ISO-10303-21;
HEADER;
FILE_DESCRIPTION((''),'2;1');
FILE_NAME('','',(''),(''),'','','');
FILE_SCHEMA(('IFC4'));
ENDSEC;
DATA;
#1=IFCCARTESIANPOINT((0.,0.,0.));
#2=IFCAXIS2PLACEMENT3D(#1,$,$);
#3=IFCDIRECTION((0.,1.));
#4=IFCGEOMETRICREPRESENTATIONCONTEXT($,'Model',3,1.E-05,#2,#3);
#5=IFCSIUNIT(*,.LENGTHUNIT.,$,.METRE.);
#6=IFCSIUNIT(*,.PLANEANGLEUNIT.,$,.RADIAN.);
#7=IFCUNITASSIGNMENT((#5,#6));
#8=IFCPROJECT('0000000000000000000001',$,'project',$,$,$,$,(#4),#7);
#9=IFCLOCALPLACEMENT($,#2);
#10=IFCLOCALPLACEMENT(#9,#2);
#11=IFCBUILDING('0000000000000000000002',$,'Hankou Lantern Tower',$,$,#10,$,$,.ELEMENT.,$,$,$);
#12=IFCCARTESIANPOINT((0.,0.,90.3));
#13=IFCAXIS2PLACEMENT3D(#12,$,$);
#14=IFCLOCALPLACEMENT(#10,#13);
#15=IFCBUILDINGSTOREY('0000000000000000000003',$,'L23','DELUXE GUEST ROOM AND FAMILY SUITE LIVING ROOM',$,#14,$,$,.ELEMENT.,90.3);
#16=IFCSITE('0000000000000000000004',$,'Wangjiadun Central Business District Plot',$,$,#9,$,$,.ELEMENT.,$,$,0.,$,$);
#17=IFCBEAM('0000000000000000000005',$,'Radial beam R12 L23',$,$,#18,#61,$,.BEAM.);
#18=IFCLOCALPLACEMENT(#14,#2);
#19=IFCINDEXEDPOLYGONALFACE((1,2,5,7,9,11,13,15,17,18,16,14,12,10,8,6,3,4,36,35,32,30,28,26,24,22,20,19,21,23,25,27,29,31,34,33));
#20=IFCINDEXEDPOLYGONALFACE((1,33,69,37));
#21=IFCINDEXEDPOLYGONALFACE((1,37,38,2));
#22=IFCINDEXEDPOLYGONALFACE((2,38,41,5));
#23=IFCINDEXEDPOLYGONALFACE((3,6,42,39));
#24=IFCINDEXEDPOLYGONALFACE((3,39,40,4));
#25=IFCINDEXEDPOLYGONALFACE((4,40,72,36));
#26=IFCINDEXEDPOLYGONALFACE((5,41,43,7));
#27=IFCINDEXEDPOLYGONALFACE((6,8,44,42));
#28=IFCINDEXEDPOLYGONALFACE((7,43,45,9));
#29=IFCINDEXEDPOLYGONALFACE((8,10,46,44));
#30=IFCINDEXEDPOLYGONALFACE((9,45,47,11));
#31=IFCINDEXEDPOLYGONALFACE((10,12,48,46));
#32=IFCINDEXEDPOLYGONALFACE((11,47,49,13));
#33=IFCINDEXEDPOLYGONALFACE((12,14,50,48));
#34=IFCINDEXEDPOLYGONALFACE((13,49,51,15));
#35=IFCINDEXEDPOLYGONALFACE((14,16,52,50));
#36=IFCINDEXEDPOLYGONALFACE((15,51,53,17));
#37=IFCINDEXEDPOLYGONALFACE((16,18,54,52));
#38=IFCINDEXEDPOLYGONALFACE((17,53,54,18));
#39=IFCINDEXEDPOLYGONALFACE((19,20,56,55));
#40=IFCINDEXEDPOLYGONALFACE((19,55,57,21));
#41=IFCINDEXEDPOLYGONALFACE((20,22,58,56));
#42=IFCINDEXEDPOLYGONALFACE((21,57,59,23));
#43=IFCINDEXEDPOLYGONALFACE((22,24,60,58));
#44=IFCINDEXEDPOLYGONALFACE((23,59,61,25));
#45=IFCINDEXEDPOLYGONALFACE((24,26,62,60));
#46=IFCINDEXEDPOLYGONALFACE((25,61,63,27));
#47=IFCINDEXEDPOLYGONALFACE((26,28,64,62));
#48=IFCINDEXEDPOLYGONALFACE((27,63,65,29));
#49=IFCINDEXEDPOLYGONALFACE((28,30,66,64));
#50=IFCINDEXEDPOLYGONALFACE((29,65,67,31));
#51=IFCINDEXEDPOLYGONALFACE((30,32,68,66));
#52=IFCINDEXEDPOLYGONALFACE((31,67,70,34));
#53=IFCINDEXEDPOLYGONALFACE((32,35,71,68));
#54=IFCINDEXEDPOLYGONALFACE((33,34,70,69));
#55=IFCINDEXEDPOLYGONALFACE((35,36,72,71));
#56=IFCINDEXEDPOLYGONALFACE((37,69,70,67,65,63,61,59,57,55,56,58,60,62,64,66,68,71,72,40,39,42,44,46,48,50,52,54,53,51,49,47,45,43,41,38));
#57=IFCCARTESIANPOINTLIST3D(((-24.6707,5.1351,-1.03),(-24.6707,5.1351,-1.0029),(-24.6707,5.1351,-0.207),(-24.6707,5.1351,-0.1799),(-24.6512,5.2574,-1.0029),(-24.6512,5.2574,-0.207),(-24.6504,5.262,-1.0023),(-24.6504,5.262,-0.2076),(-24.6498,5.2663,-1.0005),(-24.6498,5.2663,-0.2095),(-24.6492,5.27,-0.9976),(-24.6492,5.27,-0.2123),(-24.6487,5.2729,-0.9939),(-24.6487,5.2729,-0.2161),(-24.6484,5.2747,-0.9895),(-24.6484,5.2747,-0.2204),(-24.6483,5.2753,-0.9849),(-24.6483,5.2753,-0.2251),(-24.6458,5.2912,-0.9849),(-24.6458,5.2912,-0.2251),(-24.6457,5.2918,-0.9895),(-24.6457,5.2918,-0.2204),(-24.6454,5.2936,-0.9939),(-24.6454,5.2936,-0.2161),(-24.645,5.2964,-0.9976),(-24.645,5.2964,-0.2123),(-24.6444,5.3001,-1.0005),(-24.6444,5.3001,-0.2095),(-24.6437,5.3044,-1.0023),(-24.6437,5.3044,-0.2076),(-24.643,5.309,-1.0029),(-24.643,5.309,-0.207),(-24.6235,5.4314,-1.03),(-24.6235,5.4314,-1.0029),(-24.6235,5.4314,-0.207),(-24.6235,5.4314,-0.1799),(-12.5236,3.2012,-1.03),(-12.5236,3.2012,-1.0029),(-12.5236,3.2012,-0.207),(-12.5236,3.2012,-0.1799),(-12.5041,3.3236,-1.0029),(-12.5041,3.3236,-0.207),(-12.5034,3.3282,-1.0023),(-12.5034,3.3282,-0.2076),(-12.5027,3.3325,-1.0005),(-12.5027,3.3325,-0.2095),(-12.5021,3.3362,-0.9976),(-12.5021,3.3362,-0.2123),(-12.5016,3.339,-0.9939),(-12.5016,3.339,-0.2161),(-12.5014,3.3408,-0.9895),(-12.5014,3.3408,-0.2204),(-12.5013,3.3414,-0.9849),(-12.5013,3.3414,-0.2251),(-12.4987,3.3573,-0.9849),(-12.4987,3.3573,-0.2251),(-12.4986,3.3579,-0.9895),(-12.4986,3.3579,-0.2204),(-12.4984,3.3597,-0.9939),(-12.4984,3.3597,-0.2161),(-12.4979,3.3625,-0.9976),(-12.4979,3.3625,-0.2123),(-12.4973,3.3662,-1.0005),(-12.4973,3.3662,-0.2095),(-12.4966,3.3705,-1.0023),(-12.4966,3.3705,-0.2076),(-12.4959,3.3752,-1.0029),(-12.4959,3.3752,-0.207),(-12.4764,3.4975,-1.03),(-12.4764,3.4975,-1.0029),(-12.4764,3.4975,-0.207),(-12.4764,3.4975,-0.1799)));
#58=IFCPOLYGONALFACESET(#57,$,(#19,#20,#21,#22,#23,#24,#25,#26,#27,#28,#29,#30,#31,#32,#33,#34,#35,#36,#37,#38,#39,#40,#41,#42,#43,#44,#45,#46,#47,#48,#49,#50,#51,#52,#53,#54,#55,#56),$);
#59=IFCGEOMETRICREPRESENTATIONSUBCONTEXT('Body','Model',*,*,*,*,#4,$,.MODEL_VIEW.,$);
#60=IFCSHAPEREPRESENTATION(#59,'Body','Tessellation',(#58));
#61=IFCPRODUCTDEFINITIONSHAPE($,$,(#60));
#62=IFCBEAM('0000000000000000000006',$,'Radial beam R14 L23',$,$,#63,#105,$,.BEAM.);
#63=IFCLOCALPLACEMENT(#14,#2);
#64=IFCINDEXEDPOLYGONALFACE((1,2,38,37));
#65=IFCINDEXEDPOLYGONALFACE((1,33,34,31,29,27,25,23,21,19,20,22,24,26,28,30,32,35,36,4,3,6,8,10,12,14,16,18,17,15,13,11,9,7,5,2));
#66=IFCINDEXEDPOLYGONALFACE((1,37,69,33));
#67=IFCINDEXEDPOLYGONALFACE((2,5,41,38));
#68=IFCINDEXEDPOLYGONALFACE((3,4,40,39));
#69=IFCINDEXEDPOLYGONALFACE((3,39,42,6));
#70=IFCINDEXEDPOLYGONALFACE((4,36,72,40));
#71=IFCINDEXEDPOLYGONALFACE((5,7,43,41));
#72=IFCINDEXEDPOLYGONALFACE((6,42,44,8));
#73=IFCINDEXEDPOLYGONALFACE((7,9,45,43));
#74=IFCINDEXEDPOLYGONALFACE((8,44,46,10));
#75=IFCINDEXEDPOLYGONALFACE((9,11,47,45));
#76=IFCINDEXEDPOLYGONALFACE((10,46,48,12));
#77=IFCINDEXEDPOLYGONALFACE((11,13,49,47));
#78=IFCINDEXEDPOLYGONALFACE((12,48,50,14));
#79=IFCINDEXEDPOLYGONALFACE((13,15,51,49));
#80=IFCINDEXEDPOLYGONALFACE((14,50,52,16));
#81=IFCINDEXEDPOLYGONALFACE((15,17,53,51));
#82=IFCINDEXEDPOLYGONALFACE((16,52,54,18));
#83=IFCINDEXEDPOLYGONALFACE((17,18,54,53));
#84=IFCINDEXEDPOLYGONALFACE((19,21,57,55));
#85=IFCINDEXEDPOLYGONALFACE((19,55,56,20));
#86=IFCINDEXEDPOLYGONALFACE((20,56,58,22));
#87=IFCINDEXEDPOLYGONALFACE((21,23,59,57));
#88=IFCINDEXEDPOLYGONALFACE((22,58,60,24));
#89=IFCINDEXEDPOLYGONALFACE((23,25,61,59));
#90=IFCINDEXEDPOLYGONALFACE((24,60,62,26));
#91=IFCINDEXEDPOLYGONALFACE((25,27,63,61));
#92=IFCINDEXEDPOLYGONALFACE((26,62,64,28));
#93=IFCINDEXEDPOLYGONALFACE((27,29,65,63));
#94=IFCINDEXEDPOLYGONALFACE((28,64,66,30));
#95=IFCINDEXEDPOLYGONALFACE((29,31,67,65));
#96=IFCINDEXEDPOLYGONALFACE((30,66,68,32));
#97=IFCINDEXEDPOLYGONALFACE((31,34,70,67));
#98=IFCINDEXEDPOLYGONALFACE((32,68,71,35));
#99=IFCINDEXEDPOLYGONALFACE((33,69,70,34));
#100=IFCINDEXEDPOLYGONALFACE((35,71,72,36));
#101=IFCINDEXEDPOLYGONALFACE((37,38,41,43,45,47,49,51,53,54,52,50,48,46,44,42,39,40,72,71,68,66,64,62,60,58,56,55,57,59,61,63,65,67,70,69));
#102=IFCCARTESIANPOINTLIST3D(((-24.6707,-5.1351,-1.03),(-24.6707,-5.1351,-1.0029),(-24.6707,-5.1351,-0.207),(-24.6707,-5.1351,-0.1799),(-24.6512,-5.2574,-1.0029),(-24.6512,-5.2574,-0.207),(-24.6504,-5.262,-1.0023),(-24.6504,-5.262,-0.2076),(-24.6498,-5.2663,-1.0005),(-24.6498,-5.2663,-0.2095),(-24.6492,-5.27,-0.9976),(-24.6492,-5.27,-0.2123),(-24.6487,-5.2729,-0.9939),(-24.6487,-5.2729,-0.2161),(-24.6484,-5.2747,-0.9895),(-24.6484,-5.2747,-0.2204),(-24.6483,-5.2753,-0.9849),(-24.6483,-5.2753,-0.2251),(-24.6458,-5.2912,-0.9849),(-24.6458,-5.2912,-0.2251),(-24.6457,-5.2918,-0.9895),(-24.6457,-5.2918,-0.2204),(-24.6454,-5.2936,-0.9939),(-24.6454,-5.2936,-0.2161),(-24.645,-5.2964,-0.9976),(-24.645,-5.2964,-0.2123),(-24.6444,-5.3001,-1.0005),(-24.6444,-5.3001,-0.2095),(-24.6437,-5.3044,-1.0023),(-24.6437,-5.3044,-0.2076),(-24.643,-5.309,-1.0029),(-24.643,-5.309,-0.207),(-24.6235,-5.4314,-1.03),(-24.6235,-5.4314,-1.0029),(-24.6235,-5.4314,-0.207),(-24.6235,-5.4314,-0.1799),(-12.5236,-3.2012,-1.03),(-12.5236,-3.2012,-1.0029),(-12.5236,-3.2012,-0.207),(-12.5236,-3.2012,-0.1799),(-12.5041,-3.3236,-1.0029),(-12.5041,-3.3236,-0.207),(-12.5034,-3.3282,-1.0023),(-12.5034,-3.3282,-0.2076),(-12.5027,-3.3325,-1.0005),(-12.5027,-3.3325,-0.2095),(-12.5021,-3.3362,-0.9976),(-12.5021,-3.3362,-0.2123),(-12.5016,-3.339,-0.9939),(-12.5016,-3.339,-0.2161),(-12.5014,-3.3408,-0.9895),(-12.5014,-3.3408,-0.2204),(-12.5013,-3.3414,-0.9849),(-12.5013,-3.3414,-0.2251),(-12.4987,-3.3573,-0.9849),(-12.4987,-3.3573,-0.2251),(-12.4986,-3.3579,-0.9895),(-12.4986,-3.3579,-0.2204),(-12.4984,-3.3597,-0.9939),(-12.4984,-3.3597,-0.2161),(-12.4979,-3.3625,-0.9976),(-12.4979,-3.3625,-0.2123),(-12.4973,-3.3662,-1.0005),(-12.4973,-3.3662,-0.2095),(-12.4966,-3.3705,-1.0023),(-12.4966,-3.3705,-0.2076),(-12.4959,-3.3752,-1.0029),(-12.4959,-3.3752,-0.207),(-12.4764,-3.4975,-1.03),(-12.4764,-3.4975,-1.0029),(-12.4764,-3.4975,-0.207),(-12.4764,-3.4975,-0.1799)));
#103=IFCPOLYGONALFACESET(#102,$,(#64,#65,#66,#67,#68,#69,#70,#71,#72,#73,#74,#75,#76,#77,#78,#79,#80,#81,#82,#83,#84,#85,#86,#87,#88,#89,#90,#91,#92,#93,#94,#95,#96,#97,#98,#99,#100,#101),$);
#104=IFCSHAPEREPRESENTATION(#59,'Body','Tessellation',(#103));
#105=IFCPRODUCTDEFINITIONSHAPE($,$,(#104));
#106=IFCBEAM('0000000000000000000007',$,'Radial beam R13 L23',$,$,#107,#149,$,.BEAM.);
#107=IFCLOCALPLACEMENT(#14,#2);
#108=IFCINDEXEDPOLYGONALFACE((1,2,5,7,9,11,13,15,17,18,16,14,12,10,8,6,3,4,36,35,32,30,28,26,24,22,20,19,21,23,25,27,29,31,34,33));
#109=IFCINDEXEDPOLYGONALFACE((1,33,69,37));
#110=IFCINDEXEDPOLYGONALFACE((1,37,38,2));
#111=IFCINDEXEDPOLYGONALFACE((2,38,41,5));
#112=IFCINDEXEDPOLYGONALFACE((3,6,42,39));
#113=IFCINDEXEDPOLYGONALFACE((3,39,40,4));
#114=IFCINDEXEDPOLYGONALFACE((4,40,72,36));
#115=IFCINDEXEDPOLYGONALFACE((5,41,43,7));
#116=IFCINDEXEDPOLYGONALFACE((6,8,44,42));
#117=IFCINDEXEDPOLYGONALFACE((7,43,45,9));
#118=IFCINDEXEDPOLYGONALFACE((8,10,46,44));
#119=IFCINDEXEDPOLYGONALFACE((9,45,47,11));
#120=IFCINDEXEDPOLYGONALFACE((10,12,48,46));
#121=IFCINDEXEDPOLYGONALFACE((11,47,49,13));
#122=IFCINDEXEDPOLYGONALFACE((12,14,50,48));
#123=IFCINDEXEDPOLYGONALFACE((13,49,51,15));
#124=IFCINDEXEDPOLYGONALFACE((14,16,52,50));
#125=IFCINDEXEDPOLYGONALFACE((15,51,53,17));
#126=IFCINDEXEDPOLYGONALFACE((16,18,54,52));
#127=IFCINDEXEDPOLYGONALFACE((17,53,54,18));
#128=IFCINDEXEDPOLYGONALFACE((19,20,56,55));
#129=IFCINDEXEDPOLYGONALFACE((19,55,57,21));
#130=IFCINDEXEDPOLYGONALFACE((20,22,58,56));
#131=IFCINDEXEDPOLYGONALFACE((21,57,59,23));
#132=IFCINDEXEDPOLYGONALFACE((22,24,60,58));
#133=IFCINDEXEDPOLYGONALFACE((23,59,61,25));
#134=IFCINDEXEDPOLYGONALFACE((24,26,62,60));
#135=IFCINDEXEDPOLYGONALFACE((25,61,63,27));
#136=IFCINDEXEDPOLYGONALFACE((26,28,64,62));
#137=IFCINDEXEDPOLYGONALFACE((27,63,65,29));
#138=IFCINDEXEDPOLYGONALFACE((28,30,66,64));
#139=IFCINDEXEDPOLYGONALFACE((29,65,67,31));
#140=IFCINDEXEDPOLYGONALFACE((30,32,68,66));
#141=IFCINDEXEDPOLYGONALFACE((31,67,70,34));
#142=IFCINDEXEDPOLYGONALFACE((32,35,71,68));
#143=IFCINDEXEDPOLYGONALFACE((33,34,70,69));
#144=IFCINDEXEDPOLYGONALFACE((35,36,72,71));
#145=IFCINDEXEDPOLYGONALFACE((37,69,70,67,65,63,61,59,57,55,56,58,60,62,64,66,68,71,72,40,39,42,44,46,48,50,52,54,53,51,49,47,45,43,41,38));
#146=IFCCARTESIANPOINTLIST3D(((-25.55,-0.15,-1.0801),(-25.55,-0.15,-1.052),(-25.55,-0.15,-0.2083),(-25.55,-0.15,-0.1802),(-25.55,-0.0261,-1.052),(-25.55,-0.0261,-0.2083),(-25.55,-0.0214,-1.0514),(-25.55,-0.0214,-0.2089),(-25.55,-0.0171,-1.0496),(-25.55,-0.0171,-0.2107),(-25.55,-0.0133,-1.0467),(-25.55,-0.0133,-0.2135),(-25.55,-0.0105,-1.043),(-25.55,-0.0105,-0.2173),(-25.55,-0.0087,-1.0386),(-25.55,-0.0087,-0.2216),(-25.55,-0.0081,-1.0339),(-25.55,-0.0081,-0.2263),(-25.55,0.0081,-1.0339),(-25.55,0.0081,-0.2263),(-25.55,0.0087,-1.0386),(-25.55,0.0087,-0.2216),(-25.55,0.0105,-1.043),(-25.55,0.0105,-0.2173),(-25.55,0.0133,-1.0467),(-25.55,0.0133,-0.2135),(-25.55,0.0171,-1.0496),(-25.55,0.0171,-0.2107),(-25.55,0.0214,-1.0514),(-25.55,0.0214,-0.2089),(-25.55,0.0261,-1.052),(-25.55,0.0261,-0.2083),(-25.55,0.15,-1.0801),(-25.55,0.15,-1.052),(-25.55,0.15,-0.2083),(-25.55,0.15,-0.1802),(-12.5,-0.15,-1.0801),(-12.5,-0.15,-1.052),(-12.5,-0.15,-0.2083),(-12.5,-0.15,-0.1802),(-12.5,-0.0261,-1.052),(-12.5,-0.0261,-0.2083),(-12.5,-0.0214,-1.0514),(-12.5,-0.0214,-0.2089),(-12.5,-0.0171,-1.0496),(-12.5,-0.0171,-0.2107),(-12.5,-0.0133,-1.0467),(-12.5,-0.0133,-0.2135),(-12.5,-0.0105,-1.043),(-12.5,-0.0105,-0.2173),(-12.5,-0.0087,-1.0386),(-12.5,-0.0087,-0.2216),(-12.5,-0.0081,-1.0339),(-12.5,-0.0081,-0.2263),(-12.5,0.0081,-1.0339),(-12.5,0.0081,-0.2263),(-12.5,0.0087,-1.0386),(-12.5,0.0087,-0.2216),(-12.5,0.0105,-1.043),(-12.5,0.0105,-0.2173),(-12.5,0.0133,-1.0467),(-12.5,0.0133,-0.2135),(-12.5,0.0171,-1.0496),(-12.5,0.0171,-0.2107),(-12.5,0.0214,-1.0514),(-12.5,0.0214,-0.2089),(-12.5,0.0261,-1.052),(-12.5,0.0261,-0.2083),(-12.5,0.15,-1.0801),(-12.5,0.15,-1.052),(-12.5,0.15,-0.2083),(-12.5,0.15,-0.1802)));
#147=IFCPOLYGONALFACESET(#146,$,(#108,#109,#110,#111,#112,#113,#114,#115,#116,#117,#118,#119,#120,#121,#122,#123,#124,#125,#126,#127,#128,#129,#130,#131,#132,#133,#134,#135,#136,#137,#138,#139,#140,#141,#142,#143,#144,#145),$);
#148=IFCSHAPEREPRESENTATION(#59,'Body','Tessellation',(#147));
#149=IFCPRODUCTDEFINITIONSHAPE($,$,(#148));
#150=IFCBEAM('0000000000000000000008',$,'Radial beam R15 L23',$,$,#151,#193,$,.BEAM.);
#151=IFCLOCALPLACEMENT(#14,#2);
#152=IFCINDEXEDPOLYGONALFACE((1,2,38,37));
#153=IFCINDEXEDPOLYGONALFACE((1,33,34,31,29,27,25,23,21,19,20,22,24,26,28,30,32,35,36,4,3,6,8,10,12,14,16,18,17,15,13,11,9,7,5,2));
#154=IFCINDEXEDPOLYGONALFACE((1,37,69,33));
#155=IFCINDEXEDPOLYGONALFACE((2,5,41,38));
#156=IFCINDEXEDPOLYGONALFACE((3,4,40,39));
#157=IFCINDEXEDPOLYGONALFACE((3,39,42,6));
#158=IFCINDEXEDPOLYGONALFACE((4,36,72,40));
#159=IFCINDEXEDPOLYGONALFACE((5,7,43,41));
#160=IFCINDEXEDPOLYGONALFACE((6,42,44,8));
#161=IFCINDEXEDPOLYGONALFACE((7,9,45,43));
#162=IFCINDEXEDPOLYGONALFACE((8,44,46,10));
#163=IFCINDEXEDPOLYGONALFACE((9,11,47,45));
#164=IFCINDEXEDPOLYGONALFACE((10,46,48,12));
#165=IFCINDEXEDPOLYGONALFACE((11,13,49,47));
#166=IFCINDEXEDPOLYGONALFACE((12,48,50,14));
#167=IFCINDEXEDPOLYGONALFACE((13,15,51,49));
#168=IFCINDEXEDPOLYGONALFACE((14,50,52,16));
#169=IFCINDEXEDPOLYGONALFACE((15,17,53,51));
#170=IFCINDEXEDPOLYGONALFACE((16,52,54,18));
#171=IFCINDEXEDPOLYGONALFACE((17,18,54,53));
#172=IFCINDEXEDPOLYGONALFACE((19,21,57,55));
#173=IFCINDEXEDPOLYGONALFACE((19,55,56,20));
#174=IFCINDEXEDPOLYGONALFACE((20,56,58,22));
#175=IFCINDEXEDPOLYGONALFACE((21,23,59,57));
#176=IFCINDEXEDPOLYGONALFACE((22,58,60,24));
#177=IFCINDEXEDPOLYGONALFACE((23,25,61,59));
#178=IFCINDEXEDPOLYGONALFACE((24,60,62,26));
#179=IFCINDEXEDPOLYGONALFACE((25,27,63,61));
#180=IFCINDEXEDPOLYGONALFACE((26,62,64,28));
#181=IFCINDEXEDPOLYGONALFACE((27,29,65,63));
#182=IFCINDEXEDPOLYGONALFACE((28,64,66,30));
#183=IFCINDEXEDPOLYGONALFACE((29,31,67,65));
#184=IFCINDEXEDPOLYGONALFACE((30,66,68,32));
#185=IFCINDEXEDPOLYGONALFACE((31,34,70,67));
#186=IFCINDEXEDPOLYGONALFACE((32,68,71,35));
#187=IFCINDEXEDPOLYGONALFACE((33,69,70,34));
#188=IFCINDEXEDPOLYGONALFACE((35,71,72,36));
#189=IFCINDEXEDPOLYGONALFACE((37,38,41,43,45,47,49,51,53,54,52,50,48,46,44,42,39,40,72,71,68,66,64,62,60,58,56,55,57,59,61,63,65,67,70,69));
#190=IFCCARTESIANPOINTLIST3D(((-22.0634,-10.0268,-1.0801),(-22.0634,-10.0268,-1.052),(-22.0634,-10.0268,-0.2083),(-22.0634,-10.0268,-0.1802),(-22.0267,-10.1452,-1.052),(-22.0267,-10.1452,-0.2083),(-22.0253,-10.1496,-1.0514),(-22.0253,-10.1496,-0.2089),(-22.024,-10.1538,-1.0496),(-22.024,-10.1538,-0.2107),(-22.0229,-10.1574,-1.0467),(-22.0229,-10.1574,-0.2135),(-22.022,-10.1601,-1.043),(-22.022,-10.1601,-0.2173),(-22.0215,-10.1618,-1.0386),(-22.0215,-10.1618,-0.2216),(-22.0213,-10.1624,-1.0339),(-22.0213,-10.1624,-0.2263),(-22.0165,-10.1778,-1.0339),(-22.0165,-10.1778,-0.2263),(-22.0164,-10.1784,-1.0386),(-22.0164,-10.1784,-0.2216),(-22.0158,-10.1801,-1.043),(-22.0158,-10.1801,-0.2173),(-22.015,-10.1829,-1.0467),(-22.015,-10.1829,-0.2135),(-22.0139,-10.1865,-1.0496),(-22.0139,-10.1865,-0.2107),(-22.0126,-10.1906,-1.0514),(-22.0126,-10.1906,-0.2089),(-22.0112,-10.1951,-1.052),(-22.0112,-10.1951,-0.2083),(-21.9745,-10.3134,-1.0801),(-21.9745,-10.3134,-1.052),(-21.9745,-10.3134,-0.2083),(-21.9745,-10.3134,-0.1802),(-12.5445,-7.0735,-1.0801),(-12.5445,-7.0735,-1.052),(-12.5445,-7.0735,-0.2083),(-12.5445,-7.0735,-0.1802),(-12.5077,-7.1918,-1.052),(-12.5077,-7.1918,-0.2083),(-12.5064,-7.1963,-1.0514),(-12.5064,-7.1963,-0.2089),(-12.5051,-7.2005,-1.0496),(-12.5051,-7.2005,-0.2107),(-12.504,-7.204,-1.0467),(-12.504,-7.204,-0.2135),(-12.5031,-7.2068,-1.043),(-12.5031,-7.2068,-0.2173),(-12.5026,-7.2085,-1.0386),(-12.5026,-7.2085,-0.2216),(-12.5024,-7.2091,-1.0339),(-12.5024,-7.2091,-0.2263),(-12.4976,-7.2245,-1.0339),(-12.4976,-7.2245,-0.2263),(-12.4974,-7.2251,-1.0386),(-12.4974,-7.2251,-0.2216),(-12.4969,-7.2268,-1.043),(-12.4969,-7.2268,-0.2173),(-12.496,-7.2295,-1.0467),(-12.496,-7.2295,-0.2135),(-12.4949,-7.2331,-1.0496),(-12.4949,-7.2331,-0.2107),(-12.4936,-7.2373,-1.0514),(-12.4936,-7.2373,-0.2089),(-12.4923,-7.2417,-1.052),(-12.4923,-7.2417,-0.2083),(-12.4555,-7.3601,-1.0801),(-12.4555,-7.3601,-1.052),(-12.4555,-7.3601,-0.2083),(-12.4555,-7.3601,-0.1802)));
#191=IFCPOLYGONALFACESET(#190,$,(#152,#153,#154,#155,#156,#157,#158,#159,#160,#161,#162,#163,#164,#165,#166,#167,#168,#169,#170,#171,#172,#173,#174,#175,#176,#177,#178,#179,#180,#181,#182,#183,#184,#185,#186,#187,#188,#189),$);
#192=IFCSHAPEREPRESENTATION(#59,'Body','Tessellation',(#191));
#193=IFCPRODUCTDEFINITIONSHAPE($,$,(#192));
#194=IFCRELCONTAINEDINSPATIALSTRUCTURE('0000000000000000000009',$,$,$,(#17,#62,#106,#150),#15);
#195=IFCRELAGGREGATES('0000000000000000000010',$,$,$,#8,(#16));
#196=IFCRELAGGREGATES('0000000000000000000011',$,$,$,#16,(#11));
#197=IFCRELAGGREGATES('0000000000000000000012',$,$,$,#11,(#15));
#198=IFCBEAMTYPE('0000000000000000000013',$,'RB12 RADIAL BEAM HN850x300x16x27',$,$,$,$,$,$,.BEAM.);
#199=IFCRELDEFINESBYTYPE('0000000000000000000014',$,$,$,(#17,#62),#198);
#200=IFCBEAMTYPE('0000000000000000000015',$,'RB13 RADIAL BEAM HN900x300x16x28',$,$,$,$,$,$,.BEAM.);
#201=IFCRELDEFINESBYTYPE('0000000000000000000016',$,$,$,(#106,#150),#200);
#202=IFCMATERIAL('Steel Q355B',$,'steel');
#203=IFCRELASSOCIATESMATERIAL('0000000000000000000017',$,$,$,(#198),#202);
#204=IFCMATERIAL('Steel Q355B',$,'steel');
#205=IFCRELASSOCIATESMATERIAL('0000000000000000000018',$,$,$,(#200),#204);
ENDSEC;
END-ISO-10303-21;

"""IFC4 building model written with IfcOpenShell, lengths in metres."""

from ifc_helpers import new_model, si_unit, direction, frame, origin, origin_2d, place, context, subcontext, project, spatial, i_section, extrude, material, material_profile, profile_set, type_object, element, save


model = new_model("IFC4")

# Units and contexts
model_context = context("Model", 3, precision=1e-05, world=origin(), true_north=direction((0.0, 1.0)))
body_context = subcontext(model_context, "Body", "Model", "MODEL_VIEW")
ifc_project = project(units=[si_unit("LENGTHUNIT", "METRE"), si_unit("PLANEANGLEUNIT", "RADIAN")], contexts=[model_context])

# Site, building, storey
site_placement = place(None, origin())
site = spatial("IfcSite", under=ifc_project, at=site_placement, Name="Wangjiadun Central Business District Plot", CompositionType="ELEMENT", RefElevation=0.0)
building_placement = place(site_placement, origin())
building = spatial("IfcBuilding", under=site, at=building_placement, Name="Hankou Lantern Tower", CompositionType="ELEMENT")
storey_placement = place(building_placement, frame((0.0, 0.0, 90.3)))
storey = spatial("IfcBuildingStorey", under=building, at=storey_placement, Name="L23", Description="DELUXE GUEST ROOM AND FAMILY SUITE LIVING ROOM", CompositionType="ELEMENT", Elevation=90.3)

# Beams
ifc_material_1 = material(Name="Steel Q355B", Category="steel")
ifc_material_profile_1 = material_profile(ifc_material_1, i_section(OverallWidth=0.3, OverallDepth=0.8501, WebThickness=0.0161, FlangeThickness=0.0271, FilletRadius=0.0181, at=origin_2d()), Name="HN850x300x16x27")
ifc_profile_set_1 = profile_set([ifc_material_profile_1], Name="Steel Q355B")
beam_type_1 = type_object("IfcBeamType", Name="RB12 RADIAL BEAM HN850x300x16x27", PredefinedType="BEAM", material=ifc_profile_set_1)
for number, where, z_axis, x_axis, name in (
    (1, (-12.5, 3.3494, -0.605), (-0.987563, 0.157223, 0.0), (-0.157223, -0.987563, 0.0), "Radial beam R12 L23"),
    (2, (-12.5, -3.3494, -0.605), (-0.987563, -0.157223, 0.0), (0.157223, -0.987563, 0.0), "Radial beam R14 L23"),
):
    element("IfcBeam", number, at=place(storey_placement, frame(where, z_axis=z_axis, x_axis=x_axis)), inside=storey, type_object=beam_type_1, Name=name, PredefinedType="BEAM", context=body_context, shape_type="SweptSolid", body=[
        extrude(i_section(OverallWidth=0.3, OverallDepth=0.8501, WebThickness=0.0161, FlangeThickness=0.0271, FilletRadius=0.0181, at=origin_2d()), origin(), (0.0, 0.0, 1.0), 12.3),
    ])
ifc_material_2 = material(Name="Steel Q355B", Category="steel")
ifc_material_profile_2 = material_profile(ifc_material_2, i_section(OverallWidth=0.3, OverallDepth=0.8999, WebThickness=0.0161, FlangeThickness=0.0281, FilletRadius=0.0181, at=origin_2d()), Name="HN900x300x16x28")
ifc_profile_set_2 = profile_set([ifc_material_profile_2], Name="Steel Q355B")
beam_type_2 = type_object("IfcBeamType", Name="RB13 RADIAL BEAM HN900x300x16x28", PredefinedType="BEAM", material=ifc_profile_set_2)
beam_1_placement = place(storey_placement, frame((-12.5, 0.0, -0.6301), z_axis=(-1.0, 0.0, 0.0), x_axis=(0.0, -1.0, 0.0)))
element("IfcBeam", 3, at=beam_1_placement, inside=storey, type_object=beam_type_2, Name="Radial beam R13 L23", PredefinedType="BEAM", context=body_context, shape_type="SweptSolid", body=[
    extrude(i_section(OverallWidth=0.3, OverallDepth=0.8999, WebThickness=0.0161, FlangeThickness=0.0281, FilletRadius=0.0181, at=origin_2d()), origin(), (0.0, 0.0, 1.0), 13.05),
])
beam_2_placement = place(storey_placement, frame((-12.5, -7.2168, -0.6301), z_axis=(-0.955087, -0.296324, 0.0), x_axis=(0.296324, -0.955087, 0.0)))
element("IfcBeam", 4, at=beam_2_placement, inside=storey, type_object=beam_type_2, Name="Radial beam R15 L23", PredefinedType="BEAM", context=body_context, shape_type="SweptSolid", body=[
    extrude(i_section(OverallWidth=0.3, OverallDepth=0.8999, WebThickness=0.0161, FlangeThickness=0.0281, FilletRadius=0.0181, at=origin_2d()), origin(), (0.0, 0.0, 1.0), 9.9666),
])

save(model, "model.ifc")
